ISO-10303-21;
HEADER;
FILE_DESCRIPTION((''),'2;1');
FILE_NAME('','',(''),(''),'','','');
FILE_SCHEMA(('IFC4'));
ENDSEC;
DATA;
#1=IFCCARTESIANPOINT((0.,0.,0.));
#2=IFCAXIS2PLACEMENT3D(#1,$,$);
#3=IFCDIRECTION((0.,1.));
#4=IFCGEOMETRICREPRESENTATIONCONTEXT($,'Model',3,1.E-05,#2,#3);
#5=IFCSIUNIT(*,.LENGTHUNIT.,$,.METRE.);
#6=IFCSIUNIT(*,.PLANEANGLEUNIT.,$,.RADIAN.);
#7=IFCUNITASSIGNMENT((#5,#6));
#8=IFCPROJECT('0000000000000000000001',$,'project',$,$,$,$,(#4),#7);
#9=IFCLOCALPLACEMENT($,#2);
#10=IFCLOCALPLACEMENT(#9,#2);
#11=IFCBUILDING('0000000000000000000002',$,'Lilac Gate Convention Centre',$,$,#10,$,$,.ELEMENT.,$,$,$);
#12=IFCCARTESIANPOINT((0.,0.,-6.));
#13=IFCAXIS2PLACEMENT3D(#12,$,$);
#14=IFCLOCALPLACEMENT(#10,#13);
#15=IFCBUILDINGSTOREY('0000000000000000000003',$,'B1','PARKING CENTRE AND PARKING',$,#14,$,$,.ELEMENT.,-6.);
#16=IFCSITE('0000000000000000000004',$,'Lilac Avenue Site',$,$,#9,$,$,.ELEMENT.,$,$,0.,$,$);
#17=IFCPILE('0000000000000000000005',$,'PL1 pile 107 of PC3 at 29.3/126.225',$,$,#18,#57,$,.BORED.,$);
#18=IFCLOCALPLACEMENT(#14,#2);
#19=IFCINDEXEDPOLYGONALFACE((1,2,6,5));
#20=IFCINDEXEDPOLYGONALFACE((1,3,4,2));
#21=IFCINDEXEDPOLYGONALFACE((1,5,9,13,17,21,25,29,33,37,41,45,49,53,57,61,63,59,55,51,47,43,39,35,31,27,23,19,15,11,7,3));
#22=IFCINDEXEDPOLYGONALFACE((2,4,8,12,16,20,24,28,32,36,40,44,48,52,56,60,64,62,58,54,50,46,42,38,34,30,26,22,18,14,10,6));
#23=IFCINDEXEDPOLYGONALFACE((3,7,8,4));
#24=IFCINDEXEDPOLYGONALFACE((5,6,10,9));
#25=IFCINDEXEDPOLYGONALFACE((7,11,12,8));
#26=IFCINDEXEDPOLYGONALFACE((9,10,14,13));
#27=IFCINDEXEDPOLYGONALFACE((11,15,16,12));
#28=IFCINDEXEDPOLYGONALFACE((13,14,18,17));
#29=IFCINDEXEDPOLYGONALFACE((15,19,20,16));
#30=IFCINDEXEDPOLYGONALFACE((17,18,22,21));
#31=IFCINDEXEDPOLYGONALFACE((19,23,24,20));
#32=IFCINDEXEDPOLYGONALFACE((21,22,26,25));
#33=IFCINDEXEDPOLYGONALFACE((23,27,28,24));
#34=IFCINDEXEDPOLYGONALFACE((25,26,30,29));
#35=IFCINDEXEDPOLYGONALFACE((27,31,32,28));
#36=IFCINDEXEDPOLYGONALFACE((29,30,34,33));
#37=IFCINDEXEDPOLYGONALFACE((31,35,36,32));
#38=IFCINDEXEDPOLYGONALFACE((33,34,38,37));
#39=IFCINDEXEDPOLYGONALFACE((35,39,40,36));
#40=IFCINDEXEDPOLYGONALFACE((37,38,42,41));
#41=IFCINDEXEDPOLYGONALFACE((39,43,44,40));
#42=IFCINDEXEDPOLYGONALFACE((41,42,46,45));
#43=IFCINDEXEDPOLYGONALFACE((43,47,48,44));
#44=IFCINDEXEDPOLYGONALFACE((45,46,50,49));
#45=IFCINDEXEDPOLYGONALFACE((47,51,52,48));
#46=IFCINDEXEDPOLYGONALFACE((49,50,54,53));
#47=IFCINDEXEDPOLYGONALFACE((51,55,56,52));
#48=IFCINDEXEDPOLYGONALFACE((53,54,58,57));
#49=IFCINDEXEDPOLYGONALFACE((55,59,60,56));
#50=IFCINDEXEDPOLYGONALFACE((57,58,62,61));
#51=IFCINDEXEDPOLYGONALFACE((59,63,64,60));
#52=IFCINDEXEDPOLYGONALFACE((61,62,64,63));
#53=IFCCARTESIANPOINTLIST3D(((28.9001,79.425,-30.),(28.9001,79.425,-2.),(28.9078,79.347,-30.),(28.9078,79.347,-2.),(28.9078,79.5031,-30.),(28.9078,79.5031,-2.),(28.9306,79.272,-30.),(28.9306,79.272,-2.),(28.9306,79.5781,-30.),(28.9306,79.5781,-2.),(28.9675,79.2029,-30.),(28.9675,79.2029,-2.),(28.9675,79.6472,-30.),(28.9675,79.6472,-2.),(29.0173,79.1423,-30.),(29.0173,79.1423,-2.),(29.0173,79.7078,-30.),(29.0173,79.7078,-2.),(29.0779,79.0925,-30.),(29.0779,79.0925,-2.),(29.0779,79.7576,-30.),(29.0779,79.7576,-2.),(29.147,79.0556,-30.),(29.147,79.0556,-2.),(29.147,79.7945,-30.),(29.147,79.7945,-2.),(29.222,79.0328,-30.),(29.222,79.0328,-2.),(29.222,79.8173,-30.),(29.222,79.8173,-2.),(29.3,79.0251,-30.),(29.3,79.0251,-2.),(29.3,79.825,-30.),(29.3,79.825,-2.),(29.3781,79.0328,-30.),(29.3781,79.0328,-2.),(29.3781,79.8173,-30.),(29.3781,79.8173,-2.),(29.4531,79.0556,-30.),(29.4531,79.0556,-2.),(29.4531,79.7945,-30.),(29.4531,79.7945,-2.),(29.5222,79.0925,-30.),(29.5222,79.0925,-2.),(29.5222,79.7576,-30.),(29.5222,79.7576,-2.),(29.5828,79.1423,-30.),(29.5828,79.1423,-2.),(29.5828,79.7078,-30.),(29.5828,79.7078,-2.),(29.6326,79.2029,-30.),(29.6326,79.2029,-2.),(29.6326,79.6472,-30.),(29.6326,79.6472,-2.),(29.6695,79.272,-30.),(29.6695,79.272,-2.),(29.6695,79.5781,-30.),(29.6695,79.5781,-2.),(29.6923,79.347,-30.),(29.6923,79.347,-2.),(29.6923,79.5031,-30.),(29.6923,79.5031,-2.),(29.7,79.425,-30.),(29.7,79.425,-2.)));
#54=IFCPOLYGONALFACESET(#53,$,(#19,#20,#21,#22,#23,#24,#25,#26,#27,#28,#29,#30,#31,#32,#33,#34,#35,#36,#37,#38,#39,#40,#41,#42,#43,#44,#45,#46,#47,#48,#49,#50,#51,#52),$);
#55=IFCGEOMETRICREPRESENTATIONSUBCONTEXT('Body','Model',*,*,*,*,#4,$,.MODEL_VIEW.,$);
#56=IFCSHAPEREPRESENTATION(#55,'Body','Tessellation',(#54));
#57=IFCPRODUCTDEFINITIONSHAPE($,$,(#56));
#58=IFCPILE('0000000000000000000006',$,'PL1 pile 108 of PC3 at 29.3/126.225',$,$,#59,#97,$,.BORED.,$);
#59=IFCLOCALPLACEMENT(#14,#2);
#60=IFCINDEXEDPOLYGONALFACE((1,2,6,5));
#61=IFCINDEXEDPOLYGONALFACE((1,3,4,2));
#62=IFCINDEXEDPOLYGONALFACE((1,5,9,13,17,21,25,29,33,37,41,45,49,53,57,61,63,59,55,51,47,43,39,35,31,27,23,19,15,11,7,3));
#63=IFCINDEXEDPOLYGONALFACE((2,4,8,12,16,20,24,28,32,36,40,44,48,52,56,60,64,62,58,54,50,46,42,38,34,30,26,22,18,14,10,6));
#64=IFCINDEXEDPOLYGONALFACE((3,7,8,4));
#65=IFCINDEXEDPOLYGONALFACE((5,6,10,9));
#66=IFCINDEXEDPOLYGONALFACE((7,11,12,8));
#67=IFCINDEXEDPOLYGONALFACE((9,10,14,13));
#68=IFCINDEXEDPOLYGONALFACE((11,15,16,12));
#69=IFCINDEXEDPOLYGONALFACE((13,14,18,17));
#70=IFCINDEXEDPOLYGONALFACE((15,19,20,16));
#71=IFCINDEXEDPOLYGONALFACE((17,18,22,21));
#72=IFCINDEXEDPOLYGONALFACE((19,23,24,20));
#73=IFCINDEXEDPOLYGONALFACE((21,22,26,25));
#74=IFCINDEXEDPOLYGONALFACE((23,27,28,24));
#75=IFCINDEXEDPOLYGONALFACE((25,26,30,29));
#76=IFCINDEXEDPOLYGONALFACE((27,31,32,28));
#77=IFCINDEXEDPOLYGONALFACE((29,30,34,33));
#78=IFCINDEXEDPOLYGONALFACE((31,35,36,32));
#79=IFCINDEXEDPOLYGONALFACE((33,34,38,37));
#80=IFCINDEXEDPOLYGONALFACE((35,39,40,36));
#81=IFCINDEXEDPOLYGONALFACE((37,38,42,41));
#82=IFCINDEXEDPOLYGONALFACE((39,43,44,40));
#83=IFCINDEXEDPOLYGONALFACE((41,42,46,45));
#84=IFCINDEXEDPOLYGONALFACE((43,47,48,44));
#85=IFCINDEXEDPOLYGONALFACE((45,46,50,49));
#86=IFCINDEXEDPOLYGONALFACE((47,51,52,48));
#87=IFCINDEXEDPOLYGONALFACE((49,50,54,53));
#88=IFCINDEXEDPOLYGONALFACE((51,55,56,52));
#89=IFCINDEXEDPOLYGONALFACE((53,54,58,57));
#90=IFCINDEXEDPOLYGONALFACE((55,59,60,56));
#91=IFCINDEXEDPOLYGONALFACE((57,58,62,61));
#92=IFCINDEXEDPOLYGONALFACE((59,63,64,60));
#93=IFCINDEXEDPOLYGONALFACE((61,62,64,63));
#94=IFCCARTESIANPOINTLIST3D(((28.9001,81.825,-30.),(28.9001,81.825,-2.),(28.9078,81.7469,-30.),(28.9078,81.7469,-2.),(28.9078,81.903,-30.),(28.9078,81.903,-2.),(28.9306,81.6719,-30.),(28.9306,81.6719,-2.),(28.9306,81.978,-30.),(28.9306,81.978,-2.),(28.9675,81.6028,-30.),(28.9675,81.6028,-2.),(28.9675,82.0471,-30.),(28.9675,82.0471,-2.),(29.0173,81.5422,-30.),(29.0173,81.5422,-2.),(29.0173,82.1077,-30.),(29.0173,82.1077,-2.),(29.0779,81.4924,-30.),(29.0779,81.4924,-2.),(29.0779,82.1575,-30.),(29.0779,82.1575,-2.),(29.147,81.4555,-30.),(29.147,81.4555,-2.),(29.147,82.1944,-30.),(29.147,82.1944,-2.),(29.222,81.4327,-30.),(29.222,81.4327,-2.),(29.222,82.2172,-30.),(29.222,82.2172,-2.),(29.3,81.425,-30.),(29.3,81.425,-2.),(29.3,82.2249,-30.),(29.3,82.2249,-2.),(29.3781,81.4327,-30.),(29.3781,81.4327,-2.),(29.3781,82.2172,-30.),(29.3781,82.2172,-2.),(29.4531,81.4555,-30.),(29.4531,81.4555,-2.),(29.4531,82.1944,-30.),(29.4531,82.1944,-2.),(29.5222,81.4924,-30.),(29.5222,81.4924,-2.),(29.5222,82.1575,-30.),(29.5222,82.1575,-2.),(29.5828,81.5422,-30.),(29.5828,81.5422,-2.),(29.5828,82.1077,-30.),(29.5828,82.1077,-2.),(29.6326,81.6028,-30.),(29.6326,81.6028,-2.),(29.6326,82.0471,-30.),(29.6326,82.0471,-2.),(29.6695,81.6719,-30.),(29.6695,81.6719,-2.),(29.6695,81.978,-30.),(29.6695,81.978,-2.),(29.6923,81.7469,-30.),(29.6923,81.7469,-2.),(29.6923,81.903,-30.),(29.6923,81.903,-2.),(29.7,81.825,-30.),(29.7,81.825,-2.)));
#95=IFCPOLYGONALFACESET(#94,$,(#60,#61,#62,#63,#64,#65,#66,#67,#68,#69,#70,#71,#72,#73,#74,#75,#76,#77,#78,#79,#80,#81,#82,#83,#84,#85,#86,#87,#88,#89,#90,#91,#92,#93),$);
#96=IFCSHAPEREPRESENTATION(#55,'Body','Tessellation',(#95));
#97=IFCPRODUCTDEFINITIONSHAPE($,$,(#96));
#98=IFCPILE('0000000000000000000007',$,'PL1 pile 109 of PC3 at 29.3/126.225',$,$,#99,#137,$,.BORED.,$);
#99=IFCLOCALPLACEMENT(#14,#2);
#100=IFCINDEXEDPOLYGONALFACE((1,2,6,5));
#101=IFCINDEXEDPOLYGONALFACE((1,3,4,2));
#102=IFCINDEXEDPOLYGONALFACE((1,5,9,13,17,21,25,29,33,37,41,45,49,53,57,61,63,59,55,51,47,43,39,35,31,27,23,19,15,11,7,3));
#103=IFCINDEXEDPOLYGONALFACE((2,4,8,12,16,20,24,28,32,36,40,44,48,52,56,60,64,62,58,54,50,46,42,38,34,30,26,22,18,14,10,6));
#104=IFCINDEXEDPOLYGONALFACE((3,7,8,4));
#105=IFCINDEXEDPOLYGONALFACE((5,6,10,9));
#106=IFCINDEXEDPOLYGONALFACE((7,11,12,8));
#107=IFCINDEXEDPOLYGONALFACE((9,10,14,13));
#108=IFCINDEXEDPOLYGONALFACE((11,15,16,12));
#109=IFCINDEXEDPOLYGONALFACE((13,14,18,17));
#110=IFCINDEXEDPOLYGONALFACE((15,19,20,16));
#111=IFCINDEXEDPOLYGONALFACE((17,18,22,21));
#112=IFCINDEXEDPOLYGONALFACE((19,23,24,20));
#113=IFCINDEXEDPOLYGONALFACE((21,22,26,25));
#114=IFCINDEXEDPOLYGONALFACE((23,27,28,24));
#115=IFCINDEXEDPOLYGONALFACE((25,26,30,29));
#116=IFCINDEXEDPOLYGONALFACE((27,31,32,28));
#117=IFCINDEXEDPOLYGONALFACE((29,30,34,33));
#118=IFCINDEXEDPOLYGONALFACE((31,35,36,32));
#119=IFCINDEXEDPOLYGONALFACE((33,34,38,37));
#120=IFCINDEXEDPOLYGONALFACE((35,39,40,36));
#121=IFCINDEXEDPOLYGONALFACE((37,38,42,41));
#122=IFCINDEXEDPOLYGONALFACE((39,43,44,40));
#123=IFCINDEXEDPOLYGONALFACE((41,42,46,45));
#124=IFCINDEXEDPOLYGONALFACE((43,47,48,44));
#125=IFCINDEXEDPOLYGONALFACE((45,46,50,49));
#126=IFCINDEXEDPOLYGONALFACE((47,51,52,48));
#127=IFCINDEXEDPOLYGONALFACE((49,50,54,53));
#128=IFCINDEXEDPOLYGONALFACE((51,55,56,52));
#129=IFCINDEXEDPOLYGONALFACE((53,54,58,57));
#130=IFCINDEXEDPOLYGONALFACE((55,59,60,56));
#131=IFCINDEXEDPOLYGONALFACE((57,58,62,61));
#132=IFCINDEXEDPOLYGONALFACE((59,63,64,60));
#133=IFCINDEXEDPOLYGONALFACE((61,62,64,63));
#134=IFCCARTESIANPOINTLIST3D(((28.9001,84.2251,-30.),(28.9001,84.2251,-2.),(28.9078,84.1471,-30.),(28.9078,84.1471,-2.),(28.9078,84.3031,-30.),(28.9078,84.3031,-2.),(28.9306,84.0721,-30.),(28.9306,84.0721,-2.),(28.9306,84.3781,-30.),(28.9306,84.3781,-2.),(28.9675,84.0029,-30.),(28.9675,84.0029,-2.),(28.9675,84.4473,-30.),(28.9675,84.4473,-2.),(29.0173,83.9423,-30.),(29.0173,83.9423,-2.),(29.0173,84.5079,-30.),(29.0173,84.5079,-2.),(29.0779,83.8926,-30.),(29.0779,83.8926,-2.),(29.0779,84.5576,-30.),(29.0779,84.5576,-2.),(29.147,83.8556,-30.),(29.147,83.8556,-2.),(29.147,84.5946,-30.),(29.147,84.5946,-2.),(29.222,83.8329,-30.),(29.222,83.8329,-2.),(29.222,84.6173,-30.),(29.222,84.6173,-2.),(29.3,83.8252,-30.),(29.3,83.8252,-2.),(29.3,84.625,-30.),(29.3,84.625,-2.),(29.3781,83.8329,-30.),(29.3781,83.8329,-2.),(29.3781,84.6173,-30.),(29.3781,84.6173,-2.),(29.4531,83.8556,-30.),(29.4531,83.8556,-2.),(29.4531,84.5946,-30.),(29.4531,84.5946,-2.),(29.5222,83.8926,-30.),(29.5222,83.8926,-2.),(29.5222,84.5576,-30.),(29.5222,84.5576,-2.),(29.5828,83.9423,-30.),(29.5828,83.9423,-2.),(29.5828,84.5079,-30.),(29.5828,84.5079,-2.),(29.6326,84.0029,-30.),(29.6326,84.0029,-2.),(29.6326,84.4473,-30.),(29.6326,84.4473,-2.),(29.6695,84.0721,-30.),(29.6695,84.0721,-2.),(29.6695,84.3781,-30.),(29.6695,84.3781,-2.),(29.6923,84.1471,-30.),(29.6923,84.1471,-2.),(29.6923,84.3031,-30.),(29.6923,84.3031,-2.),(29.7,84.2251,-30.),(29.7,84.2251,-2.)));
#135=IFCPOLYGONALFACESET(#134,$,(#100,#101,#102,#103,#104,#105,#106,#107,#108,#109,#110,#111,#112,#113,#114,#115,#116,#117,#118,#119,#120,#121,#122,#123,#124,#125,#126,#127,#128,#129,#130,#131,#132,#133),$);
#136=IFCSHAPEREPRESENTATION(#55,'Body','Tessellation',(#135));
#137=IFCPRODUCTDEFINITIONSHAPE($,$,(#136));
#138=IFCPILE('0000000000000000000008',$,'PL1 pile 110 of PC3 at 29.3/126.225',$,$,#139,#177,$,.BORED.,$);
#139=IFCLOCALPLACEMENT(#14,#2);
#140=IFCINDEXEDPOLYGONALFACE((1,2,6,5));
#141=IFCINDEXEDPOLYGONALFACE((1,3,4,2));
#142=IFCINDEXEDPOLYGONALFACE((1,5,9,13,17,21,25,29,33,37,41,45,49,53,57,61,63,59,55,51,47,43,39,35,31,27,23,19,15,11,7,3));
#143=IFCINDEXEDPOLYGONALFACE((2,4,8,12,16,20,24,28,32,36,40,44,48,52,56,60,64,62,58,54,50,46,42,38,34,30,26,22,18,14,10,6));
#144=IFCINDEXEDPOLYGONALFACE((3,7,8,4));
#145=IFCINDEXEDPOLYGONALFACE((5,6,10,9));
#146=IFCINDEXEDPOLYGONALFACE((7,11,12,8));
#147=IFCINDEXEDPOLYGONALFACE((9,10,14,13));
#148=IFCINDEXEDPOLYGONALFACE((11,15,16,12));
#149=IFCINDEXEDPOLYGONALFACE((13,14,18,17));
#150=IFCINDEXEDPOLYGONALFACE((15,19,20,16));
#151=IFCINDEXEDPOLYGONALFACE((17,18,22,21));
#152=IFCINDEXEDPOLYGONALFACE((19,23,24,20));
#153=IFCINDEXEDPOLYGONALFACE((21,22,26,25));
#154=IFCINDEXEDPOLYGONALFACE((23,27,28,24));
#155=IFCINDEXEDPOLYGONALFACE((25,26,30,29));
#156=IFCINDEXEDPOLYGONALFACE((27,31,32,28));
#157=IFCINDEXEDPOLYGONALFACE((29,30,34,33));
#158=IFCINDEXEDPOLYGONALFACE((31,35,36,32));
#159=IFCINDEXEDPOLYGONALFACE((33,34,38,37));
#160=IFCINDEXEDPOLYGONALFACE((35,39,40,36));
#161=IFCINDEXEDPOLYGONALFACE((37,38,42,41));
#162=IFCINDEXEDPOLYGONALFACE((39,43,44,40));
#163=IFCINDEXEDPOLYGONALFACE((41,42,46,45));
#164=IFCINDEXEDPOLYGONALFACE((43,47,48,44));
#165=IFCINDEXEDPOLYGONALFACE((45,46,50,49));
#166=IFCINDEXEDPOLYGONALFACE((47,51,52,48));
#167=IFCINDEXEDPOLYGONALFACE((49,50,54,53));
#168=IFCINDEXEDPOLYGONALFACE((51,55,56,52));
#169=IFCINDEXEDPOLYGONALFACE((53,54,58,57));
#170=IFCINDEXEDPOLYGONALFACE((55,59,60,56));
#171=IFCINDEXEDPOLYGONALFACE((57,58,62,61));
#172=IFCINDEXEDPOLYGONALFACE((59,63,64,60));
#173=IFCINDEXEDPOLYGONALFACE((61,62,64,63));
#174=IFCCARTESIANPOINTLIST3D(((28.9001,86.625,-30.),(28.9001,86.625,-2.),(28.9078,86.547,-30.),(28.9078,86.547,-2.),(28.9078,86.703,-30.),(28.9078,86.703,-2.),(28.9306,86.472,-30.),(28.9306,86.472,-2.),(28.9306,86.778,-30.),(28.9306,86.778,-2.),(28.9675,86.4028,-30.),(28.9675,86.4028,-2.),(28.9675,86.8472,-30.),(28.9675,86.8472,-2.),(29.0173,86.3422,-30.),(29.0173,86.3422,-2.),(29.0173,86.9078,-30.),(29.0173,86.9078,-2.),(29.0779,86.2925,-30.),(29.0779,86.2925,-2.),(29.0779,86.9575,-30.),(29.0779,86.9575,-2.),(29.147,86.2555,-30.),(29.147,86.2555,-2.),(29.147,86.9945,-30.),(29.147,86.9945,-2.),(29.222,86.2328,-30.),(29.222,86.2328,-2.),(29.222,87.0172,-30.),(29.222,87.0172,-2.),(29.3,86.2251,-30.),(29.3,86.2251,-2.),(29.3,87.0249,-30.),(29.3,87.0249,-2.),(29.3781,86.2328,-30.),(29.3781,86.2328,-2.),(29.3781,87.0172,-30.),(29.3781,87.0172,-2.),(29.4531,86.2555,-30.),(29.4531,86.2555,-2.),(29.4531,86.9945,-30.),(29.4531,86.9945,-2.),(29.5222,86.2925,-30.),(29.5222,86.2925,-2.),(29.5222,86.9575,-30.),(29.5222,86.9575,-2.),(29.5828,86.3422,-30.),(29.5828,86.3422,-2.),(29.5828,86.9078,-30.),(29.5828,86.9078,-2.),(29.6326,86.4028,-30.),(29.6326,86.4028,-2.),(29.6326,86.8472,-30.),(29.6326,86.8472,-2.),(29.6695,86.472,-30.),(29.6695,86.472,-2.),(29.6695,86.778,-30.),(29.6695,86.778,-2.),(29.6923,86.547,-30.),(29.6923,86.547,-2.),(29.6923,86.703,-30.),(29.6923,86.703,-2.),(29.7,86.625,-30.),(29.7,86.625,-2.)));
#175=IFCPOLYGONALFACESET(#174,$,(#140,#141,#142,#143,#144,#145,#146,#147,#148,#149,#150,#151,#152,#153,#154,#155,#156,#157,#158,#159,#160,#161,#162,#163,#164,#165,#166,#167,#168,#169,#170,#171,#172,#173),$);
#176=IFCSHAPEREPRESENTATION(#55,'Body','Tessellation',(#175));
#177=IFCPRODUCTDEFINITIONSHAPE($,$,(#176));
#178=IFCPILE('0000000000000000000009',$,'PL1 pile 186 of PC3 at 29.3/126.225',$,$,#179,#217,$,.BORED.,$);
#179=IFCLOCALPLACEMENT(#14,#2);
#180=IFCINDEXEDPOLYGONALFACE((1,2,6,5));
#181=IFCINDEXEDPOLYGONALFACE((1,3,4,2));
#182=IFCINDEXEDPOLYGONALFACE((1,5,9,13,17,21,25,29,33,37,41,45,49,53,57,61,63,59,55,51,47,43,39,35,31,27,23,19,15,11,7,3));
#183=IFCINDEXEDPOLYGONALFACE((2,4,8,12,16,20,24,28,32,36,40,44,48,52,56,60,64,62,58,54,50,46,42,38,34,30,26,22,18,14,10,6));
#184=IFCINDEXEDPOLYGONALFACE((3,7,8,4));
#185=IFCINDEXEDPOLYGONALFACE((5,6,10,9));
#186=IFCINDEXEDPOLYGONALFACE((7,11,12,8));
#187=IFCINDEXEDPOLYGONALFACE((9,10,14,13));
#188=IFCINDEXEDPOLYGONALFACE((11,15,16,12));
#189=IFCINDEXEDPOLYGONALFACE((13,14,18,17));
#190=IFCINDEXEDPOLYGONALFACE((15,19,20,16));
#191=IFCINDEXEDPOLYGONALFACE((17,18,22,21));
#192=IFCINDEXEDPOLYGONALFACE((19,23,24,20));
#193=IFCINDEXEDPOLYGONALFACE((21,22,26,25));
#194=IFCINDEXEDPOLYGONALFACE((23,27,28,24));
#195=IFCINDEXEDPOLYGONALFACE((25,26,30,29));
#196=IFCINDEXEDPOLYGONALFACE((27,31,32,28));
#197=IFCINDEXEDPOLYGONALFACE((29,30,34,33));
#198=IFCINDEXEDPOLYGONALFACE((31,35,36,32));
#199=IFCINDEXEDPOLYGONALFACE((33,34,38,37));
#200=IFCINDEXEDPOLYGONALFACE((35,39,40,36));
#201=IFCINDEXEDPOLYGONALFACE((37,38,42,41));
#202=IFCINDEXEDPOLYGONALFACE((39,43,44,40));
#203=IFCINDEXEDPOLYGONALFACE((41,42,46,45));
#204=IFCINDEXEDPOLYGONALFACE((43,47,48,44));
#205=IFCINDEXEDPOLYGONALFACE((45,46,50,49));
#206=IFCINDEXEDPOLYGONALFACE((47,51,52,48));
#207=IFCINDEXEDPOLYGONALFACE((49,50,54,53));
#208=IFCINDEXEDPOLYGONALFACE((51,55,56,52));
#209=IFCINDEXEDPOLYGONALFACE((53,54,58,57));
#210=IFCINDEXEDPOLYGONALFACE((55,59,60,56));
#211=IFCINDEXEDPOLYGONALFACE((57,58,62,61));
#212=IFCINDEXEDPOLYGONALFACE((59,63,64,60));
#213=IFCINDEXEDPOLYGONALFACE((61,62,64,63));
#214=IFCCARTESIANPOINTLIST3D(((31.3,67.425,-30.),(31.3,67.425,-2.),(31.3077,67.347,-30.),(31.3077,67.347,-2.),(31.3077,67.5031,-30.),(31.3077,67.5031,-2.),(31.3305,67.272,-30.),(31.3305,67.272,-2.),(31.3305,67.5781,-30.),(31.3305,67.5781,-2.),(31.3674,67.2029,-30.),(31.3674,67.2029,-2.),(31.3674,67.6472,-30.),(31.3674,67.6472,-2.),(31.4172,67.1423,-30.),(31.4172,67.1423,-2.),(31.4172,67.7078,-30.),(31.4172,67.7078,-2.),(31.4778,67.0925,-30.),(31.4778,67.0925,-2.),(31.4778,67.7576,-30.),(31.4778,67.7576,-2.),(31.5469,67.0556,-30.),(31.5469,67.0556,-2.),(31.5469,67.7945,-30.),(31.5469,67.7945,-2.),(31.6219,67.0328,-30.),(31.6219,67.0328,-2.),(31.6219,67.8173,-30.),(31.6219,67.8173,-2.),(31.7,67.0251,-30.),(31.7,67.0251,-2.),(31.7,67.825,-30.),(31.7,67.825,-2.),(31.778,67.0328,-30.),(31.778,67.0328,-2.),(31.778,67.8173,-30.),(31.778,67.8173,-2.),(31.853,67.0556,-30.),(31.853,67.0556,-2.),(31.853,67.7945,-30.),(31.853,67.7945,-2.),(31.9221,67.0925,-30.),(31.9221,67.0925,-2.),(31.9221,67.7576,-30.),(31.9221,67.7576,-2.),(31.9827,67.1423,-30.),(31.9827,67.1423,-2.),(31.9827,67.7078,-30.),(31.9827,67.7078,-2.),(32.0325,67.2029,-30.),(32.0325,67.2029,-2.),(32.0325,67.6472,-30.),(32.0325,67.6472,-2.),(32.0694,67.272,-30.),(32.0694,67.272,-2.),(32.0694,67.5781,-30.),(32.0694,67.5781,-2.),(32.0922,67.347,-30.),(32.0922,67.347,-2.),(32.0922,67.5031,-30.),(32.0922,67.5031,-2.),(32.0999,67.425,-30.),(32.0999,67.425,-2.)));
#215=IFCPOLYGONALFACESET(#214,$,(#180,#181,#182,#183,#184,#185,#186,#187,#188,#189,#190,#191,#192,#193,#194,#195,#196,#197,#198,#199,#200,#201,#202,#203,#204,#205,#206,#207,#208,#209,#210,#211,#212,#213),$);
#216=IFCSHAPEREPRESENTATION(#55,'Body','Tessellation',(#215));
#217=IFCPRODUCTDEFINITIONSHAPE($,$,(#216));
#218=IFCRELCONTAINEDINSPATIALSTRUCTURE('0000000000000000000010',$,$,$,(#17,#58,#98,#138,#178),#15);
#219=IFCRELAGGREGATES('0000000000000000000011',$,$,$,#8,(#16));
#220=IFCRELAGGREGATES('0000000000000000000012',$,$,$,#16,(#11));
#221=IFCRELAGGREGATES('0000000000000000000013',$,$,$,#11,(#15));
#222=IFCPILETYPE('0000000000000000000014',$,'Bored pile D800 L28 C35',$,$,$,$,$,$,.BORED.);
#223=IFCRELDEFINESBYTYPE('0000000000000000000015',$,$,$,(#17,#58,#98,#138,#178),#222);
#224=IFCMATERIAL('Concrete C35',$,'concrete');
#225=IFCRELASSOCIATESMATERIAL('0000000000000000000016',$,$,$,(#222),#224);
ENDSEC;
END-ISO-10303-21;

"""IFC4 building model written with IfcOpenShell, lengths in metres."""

from ifc_helpers import new_model, si_unit, direction, frame, origin, origin_2d, place, context, subcontext, project, spatial, circle, extrude, material, material_profile, profile_set, type_object, element, save


model = new_model("IFC4")

# Units and contexts
model_context = context("Model", 3, precision=1e-05, world=origin(), true_north=direction((0.0, 1.0)))
body_context = subcontext(model_context, "Body", "Model", "MODEL_VIEW")
ifc_project = project(units=[si_unit("LENGTHUNIT", "METRE"), si_unit("PLANEANGLEUNIT", "RADIAN")], contexts=[model_context])

# Site, building, storey
site_placement = place(None, origin())
site = spatial("IfcSite", under=ifc_project, at=site_placement, Name="Lilac Avenue Site", CompositionType="ELEMENT", RefElevation=0.0)
building_placement = place(site_placement, origin())
building = spatial("IfcBuilding", under=site, at=building_placement, Name="Lilac Gate Convention Centre", CompositionType="ELEMENT")
storey_placement = place(building_placement, frame((0.0, 0.0, -6.0)))
storey = spatial("IfcBuildingStorey", under=building, at=storey_placement, Name="B1", Description="PARKING CENTRE AND PARKING", CompositionType="ELEMENT", Elevation=-6.0)

# Piles
ifc_material_1 = material(Name="Concrete C35", Category="concrete")
ifc_material_profile_1 = material_profile(ifc_material_1, circle(Radius=0.3999, at=origin_2d()), Name="D800")
ifc_profile_set_1 = profile_set([ifc_material_profile_1], Name="Concrete C35")
pile_type = type_object("IfcPileType", Name="Bored pile D800 L28 C35", PredefinedType="BORED", material=ifc_profile_set_1)
for number, where, z_axis, x_axis, name in (
    (1, (29.3, 79.425, -2.0), (0.0, 0.0, -1.0), (1.0, 0.0, 0.0), "PL1 pile 107 of PC3 at 29.3/126.225"),
    (2, (29.3, 81.825, -2.0), (0.0, 0.0, -1.0), (1.0, 0.0, 0.0), "PL1 pile 108 of PC3 at 29.3/126.225"),
    (3, (29.3, 84.2251, -2.0), (0.0, 0.0, -1.0), (1.0, 0.0, 0.0), "PL1 pile 109 of PC3 at 29.3/126.225"),
    (4, (29.3, 86.625, -2.0), (0.0, 0.0, -1.0), (1.0, 0.0, 0.0), "PL1 pile 110 of PC3 at 29.3/126.225"),
    (5, (31.7, 67.425, -2.0), (0.0, 0.0, -1.0), (1.0, 0.0, 0.0), "PL1 pile 186 of PC3 at 29.3/126.225"),
):
    element("IfcPile", number, at=place(storey_placement, frame(where, z_axis=z_axis, x_axis=x_axis)), inside=storey, type_object=pile_type, Name=name, PredefinedType="BORED", context=body_context, shape_type="SweptSolid", body=[
        extrude(circle(Radius=0.3999, at=origin_2d()), origin(), (0.0, 0.0, 1.0), 28.0),
    ])

save(model, "model.ifc")
